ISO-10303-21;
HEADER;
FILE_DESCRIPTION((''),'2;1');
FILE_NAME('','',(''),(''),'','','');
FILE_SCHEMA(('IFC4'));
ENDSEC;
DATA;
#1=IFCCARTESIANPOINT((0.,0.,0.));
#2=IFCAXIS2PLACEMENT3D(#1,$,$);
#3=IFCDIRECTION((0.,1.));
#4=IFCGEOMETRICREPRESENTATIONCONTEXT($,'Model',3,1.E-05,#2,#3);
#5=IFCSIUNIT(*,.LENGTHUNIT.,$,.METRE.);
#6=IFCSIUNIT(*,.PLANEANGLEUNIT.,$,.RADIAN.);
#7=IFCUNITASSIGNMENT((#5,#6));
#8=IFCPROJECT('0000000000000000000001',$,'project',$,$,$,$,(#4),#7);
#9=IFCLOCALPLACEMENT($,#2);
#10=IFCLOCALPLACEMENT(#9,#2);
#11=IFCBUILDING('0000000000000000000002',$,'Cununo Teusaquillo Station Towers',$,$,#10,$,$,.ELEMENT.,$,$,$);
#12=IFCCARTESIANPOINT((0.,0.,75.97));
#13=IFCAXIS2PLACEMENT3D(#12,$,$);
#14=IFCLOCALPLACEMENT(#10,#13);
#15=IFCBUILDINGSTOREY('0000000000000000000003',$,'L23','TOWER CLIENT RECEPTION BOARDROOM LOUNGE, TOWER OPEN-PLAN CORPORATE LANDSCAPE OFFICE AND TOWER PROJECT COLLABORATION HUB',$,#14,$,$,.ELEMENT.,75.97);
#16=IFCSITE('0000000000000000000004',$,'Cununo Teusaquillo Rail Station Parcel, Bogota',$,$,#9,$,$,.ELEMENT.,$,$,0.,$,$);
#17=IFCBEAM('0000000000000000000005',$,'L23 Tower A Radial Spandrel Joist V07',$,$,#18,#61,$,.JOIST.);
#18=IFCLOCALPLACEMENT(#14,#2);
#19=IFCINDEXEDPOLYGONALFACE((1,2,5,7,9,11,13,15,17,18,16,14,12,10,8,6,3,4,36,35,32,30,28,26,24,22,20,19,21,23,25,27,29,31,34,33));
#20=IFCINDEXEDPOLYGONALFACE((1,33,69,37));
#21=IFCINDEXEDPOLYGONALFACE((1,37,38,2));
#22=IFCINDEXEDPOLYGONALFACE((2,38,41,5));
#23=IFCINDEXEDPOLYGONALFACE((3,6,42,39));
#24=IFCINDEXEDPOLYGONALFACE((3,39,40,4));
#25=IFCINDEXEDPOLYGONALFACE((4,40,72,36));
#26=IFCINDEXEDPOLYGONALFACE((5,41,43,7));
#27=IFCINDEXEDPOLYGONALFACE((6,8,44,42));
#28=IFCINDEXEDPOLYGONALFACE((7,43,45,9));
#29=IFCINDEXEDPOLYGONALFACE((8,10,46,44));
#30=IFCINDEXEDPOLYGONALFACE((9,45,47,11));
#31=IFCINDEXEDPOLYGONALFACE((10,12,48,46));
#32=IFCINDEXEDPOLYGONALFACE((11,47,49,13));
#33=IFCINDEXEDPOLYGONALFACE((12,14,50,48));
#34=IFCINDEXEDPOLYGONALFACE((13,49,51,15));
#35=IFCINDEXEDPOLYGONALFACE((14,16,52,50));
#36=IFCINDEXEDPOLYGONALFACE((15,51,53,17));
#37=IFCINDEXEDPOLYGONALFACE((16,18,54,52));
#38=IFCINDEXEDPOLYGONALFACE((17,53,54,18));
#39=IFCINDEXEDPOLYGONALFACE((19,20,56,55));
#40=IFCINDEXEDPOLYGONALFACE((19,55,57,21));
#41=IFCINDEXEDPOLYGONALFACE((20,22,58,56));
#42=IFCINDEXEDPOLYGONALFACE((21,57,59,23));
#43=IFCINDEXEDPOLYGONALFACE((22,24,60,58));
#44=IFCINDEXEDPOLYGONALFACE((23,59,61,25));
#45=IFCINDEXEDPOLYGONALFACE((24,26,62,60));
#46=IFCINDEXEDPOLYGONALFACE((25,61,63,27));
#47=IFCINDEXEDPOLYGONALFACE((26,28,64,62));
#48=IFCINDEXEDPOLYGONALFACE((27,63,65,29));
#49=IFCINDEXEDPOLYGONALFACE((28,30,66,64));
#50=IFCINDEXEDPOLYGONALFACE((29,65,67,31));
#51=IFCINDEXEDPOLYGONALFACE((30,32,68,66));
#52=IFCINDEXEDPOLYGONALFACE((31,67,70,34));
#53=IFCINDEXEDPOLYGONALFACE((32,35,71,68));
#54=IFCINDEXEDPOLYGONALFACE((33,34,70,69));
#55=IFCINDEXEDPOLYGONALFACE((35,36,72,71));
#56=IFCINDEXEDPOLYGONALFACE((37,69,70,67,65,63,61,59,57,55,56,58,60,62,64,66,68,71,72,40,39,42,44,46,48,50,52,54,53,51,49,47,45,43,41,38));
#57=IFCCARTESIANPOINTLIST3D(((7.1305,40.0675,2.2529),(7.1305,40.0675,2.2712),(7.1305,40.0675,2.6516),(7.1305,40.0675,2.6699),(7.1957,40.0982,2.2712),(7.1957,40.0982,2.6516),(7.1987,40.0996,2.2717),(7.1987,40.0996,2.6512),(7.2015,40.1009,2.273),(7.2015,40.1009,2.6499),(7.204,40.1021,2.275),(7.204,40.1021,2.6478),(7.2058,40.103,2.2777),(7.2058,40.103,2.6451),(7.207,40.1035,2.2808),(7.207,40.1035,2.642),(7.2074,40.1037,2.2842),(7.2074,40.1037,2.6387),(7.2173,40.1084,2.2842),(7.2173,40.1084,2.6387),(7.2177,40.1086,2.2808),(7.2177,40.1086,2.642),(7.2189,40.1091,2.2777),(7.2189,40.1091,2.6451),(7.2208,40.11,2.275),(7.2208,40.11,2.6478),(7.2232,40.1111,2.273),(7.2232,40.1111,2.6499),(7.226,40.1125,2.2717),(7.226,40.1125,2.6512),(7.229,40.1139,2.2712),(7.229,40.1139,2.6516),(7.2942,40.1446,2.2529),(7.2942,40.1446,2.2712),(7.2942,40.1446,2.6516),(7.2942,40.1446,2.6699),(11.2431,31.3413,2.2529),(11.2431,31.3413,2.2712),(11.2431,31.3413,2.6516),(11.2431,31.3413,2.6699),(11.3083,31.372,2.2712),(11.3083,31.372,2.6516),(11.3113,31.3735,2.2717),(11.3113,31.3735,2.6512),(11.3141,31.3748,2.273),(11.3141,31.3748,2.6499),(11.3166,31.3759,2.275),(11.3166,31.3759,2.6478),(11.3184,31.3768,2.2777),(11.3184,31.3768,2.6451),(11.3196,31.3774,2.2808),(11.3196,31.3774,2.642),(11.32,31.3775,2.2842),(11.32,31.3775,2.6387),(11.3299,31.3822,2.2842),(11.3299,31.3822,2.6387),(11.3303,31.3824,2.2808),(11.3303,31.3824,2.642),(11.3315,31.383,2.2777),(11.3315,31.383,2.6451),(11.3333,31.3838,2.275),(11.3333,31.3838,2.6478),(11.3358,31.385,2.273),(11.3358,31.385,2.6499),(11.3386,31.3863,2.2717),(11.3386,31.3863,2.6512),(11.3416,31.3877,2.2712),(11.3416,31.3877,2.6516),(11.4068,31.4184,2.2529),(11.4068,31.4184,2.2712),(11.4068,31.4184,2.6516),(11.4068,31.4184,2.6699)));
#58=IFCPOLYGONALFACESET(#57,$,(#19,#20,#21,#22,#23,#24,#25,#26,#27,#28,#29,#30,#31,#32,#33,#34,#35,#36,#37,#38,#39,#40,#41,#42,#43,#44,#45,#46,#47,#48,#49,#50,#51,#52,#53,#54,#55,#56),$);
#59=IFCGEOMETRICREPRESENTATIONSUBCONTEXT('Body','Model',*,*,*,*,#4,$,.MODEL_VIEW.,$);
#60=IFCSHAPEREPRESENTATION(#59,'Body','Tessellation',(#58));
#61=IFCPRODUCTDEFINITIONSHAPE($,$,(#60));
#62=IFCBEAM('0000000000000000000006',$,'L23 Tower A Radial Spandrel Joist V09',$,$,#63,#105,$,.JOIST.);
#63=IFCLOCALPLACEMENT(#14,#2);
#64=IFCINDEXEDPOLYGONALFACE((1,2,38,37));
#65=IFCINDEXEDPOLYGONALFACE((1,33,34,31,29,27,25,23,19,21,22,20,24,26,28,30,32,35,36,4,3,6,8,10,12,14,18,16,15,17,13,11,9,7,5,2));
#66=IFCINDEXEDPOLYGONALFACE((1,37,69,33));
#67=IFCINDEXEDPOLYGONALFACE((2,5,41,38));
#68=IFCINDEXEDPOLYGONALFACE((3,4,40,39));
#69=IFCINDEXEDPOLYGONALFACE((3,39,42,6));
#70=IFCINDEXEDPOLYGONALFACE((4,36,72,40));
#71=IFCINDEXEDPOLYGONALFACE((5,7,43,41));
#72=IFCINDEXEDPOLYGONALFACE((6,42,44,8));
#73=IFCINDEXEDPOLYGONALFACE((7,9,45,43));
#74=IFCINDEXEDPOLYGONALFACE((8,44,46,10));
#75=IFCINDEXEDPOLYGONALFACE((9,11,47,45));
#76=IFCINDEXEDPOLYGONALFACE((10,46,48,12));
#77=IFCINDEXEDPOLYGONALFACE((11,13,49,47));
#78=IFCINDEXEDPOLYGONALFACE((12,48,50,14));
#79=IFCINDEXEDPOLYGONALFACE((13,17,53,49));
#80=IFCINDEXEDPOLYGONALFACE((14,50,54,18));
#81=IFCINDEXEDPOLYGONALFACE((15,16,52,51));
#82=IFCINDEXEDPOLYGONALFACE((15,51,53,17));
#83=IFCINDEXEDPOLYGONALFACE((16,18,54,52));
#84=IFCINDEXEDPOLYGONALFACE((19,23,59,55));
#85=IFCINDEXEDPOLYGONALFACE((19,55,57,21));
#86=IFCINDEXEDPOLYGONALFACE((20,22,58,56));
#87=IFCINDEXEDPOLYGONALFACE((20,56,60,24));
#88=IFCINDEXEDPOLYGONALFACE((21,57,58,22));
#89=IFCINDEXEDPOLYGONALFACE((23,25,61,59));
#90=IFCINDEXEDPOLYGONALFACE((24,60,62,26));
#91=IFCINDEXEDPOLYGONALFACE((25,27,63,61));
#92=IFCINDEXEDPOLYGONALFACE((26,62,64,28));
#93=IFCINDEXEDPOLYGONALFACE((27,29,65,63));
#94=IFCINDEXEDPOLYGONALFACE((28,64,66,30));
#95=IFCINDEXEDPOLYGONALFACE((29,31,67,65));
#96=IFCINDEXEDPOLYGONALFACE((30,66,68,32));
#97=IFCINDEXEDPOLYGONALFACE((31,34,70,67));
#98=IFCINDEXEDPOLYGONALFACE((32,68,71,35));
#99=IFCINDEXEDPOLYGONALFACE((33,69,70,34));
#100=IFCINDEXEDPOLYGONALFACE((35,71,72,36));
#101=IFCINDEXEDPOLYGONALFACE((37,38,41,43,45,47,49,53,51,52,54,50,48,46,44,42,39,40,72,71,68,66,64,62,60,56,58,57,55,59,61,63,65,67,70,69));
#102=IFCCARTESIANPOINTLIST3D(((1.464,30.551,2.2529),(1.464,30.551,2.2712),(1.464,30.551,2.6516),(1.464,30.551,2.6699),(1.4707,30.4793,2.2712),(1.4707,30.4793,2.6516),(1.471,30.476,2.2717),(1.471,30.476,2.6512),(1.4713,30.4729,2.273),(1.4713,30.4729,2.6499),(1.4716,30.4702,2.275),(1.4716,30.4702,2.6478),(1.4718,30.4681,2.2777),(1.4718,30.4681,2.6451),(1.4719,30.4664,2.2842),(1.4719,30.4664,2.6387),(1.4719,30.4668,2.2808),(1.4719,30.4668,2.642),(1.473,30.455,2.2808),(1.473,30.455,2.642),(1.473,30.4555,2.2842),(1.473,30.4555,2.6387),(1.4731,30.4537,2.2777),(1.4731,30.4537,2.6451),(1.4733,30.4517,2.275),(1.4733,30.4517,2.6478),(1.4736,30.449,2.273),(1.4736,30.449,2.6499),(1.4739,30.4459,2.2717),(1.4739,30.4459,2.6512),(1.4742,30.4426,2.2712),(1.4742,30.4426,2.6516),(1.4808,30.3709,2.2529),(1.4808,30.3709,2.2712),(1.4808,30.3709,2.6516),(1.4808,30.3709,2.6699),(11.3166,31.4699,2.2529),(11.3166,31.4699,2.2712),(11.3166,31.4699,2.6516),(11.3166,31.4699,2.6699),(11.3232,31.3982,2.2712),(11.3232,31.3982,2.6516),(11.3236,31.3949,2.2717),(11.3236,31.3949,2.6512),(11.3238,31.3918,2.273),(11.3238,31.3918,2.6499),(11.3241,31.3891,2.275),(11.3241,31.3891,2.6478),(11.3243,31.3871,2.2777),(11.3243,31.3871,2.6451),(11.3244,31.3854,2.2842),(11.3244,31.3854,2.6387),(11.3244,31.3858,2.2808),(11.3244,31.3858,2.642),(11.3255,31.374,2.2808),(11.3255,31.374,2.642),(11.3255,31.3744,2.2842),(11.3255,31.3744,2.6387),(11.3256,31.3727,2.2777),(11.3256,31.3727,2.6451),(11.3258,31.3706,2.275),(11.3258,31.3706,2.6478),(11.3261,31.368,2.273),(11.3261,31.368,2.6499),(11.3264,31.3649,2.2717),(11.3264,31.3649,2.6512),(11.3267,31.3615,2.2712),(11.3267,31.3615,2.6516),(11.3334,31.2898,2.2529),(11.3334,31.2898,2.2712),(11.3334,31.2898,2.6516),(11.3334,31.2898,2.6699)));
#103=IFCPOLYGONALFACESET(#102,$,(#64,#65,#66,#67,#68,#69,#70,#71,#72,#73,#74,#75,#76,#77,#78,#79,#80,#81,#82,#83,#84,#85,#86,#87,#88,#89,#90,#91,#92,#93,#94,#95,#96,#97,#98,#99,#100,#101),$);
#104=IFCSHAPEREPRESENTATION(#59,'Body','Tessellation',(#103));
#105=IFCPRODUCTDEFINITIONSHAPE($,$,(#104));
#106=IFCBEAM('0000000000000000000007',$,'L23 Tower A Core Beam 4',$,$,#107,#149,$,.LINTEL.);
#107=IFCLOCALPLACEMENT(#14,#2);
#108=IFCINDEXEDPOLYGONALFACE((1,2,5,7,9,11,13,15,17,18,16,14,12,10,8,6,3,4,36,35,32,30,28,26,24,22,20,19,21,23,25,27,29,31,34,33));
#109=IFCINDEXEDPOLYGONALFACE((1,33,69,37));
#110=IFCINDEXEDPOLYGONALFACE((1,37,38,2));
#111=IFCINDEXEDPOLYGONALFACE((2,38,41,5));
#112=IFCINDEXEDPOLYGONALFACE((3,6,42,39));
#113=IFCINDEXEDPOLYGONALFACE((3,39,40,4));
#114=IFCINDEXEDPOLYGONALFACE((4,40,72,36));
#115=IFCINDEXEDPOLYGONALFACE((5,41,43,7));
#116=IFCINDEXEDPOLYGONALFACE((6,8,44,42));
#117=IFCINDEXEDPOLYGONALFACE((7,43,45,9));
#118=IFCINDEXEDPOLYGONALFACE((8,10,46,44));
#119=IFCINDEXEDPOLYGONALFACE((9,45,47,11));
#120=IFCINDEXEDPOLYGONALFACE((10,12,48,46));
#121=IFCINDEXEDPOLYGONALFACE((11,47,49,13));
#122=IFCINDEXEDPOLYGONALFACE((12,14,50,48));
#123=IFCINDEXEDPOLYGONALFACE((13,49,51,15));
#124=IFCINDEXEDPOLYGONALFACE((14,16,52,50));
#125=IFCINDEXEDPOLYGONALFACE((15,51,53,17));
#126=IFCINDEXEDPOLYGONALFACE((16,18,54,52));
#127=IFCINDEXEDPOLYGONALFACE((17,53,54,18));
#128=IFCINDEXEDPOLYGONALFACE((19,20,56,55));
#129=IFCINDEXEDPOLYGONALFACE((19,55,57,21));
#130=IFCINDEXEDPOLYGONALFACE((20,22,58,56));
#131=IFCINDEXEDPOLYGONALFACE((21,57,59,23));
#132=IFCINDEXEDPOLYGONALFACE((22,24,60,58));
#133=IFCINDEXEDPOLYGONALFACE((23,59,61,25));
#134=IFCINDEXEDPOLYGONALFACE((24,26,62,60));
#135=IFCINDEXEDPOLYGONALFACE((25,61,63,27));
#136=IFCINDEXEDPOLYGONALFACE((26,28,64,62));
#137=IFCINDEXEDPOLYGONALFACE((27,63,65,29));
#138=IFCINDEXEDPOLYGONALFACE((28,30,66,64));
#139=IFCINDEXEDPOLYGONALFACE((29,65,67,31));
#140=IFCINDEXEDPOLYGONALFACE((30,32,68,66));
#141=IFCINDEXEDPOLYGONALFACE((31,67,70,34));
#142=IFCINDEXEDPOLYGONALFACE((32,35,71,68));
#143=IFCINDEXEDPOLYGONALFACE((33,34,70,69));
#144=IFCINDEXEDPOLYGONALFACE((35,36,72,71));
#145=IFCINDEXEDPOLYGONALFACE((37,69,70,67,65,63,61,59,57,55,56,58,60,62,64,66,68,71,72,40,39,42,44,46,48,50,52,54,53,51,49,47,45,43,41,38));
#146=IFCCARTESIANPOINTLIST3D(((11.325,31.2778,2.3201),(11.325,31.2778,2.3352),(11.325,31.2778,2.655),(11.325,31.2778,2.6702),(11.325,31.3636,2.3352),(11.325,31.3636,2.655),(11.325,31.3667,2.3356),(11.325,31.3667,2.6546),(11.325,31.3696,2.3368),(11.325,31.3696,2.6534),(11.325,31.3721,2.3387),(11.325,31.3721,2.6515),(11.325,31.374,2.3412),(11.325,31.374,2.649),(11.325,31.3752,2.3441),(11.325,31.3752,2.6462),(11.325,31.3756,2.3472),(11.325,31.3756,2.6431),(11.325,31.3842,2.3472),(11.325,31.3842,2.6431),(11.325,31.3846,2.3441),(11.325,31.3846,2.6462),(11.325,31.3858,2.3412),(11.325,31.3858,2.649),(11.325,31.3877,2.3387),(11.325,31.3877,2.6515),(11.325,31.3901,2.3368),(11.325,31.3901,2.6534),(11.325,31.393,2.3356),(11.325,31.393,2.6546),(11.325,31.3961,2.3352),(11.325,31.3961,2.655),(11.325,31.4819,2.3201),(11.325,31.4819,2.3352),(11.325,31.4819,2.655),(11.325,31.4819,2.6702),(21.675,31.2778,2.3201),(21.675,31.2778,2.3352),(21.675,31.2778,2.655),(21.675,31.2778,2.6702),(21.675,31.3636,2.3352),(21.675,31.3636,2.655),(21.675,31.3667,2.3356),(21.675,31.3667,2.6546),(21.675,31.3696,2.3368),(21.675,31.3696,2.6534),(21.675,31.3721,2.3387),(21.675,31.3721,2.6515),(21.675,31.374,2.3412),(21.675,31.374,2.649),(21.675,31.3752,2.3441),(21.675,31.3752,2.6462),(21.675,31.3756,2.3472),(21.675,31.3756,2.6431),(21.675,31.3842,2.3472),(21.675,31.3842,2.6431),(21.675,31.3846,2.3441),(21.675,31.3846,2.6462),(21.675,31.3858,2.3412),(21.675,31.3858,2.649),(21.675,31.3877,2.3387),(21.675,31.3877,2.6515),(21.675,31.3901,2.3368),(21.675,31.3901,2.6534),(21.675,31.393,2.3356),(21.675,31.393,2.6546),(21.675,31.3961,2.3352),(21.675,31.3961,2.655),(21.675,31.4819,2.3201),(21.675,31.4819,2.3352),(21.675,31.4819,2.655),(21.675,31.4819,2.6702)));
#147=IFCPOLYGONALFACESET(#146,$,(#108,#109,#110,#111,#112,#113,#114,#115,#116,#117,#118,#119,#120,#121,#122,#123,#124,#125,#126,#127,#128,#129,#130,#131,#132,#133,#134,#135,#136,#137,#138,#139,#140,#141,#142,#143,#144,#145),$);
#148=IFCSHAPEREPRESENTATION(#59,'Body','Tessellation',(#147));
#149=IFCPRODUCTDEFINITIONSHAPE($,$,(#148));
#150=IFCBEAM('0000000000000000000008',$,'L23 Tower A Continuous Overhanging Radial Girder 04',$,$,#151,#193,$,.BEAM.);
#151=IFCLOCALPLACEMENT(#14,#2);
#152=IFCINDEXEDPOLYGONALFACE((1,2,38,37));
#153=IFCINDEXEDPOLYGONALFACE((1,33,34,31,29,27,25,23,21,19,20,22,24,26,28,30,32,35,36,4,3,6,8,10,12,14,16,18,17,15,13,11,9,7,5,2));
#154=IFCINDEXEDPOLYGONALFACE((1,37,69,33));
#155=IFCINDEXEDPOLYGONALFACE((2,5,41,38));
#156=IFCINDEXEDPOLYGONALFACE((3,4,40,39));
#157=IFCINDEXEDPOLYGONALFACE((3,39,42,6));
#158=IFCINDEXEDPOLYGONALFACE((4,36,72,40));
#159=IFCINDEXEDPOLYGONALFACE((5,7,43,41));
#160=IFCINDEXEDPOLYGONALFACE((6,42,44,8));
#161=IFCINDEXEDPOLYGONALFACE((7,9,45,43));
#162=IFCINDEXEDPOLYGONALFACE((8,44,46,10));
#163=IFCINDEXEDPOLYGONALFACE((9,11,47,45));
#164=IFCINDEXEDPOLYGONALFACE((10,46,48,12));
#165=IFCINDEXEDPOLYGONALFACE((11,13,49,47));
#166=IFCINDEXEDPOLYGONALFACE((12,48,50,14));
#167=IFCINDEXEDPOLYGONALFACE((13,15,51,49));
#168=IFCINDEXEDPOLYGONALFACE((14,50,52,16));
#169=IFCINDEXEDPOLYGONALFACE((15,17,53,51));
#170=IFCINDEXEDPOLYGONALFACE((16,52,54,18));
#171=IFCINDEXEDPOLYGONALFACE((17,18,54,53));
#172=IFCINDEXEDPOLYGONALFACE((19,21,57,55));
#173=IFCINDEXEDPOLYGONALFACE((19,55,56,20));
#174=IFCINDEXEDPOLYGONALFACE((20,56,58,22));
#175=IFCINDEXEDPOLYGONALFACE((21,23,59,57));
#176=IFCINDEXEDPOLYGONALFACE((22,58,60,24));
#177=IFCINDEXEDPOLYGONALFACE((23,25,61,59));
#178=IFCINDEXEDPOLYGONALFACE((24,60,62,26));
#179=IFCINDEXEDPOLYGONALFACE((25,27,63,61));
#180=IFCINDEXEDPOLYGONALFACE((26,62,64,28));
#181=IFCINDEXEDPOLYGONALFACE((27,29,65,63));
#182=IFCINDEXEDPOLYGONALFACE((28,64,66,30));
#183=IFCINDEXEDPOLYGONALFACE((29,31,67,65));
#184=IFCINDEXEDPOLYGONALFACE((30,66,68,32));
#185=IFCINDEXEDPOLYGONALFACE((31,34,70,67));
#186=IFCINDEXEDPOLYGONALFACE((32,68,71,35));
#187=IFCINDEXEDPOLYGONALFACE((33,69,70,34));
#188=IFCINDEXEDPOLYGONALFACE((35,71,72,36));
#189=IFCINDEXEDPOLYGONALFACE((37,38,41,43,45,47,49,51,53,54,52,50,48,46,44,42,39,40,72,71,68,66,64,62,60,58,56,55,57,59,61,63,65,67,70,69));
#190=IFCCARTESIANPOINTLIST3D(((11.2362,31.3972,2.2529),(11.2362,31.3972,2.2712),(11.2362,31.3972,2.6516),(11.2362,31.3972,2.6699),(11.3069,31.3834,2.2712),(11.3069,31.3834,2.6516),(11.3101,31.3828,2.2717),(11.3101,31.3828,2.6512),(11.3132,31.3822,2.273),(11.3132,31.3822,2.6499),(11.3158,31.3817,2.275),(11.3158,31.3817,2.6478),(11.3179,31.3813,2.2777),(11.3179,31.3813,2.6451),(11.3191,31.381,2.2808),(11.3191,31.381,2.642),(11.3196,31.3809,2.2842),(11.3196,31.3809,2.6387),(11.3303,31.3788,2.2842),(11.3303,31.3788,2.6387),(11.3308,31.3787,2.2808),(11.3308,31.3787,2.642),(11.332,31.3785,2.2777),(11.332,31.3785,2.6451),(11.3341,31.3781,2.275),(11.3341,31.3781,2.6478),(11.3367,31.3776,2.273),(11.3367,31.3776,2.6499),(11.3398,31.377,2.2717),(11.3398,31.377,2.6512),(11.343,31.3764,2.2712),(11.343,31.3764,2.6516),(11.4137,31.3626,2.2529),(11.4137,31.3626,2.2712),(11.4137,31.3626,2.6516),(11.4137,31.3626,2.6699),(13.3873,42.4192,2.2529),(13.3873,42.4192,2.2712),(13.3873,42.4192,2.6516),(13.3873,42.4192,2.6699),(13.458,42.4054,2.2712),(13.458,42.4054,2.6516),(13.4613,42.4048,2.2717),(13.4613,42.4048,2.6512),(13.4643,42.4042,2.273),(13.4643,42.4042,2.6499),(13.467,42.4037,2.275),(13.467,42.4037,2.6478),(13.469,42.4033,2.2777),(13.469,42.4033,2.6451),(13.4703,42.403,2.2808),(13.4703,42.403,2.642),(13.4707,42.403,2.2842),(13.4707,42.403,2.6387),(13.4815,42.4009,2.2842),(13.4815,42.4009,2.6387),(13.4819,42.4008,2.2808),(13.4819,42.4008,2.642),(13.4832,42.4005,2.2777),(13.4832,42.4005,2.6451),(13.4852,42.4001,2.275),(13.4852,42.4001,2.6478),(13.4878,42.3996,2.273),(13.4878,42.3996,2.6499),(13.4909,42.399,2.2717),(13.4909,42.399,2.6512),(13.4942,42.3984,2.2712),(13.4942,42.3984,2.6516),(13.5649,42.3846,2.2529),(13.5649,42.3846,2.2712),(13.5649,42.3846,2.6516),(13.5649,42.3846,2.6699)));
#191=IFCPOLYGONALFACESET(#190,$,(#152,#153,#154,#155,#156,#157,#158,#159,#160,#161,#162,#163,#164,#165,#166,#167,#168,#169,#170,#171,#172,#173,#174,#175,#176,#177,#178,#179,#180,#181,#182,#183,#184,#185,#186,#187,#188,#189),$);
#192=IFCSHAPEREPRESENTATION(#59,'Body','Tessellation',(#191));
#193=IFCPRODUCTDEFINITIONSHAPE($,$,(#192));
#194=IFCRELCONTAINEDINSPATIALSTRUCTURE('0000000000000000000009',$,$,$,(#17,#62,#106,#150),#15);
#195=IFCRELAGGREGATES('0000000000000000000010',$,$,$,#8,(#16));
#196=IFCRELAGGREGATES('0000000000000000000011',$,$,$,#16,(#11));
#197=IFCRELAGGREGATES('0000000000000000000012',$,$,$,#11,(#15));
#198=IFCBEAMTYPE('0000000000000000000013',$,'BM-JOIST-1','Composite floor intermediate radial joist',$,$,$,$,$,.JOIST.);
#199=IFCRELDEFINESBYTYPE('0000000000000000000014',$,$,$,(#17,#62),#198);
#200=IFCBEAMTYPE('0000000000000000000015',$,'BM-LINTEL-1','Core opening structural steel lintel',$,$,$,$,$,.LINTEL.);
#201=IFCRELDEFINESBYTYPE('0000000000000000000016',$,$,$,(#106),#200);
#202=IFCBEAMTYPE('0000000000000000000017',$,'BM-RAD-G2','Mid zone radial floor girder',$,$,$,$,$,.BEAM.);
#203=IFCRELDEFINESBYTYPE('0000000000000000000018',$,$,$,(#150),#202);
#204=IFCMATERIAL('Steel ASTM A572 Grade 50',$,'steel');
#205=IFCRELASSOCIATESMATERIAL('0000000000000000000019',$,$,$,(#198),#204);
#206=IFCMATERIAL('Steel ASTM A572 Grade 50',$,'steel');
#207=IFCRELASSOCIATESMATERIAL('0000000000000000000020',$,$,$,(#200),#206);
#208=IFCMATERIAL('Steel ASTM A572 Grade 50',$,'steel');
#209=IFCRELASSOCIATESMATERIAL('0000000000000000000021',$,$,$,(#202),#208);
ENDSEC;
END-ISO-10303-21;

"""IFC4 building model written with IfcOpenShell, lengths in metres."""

from ifc_helpers import new_model, si_unit, direction, frame, origin, origin_2d, place, context, subcontext, project, spatial, i_section, extrude, material, material_profile, profile_set, type_object, element, save


model = new_model("IFC4")

# Units and contexts
model_context = context("Model", 3, precision=1e-05, world=origin(), true_north=direction((0.0, 1.0)))
body_context = subcontext(model_context, "Body", "Model", "MODEL_VIEW")
ifc_project = project(units=[si_unit("LENGTHUNIT", "METRE"), si_unit("PLANEANGLEUNIT", "RADIAN")], contexts=[model_context])

# Site, building, storey
site_placement = place(None, origin())
site = spatial("IfcSite", under=ifc_project, at=site_placement, Name="Cununo Teusaquillo Rail Station Parcel, Bogota", CompositionType="ELEMENT", RefElevation=0.0)
building_placement = place(site_placement, origin())
building = spatial("IfcBuilding", under=site, at=building_placement, Name="Cununo Teusaquillo Station Towers", CompositionType="ELEMENT")
storey_placement = place(building_placement, frame((0.0, 0.0, 75.97)))
storey = spatial("IfcBuildingStorey", under=building, at=storey_placement, Name="L23", Description="TOWER CLIENT RECEPTION BOARDROOM LOUNGE, TOWER OPEN-PLAN CORPORATE LANDSCAPE OFFICE AND TOWER PROJECT COLLABORATION HUB", CompositionType="ELEMENT", Elevation=75.97)

# Beams
ifc_material_1 = material(Name="Steel ASTM A572 Grade 50", Category="steel")
ifc_material_profile_1 = material_profile(ifc_material_1, i_section(OverallWidth=0.1809, OverallDepth=0.417, WebThickness=0.011, FlangeThickness=0.0183, FilletRadius=0.0129, at=origin_2d()), Name="W16X57")
ifc_profile_set_1 = profile_set([ifc_material_profile_1], Name="Steel ASTM A572 Grade 50")
beam_type_1 = type_object("IfcBeamType", Name="BM-JOIST-1", Description="Composite floor intermediate radial joist", PredefinedType="JOIST", material=ifc_profile_set_1)
beam_1_placement = place(storey_placement, frame((11.325, 31.3799, 2.4614), z_axis=(-0.42632, 0.904572, 0.0), x_axis=(-0.904572, -0.42632, 0.0)))
element("IfcBeam", 1, at=beam_1_placement, inside=storey, type_object=beam_type_1, Name="L23 Tower A Radial Spandrel Joist V07", PredefinedType="JOIST", context=body_context, shape_type="SweptSolid", body=[
    extrude(i_section(OverallWidth=0.1809, OverallDepth=0.417, WebThickness=0.011, FlangeThickness=0.0183, FilletRadius=0.0129, at=origin_2d()), origin(), (0.0, 0.0, 1.0), 9.6467),
])
beam_2_placement = place(storey_placement, frame((11.325, 31.3799, 2.4614), z_axis=(-0.995679, -0.092867, 0.0), x_axis=(0.092867, -0.995679, 0.0)))
element("IfcBeam", 2, at=beam_2_placement, inside=storey, type_object=beam_type_1, Name="L23 Tower A Radial Spandrel Joist V09", PredefinedType="JOIST", context=body_context, shape_type="SweptSolid", body=[
    extrude(i_section(OverallWidth=0.1809, OverallDepth=0.417, WebThickness=0.011, FlangeThickness=0.0183, FilletRadius=0.0129, at=origin_2d()), origin(), (0.0, 0.0, 1.0), 9.8953),
])
ifc_material_2 = material(Name="Steel ASTM A572 Grade 50", Category="steel")
ifc_material_profile_2 = material_profile(ifc_material_2, i_section(OverallWidth=0.2041, OverallDepth=0.3501, WebThickness=0.0085, FlangeThickness=0.0151, FilletRadius=0.012, at=origin_2d()), Name="W14X48")
ifc_profile_set_2 = profile_set([ifc_material_profile_2], Name="Steel ASTM A572 Grade 50")
beam_type_2 = type_object("IfcBeamType", Name="BM-LINTEL-1", Description="Core opening structural steel lintel", PredefinedType="LINTEL", material=ifc_profile_set_2)
beam_3_placement = place(storey_placement, frame((11.325, 31.3799, 2.4951), z_axis=(1.0, 0.0, 0.0), x_axis=(0.0, 1.0, 0.0)))
element("IfcBeam", 3, at=beam_3_placement, inside=storey, type_object=beam_type_2, Name="L23 Tower A Core Beam 4", PredefinedType="LINTEL", context=body_context, shape_type="SweptSolid", body=[
    extrude(i_section(OverallWidth=0.2041, OverallDepth=0.3501, WebThickness=0.0085, FlangeThickness=0.0151, FilletRadius=0.012, at=origin_2d()), origin(), (0.0, 0.0, 1.0), 10.3501),
])
ifc_material_3 = material(Name="Steel ASTM A572 Grade 50", Category="steel")
ifc_material_profile_3 = material_profile(ifc_material_3, i_section(OverallWidth=0.1809, OverallDepth=0.417, WebThickness=0.011, FlangeThickness=0.0183, FilletRadius=0.0129, at=origin_2d()), Name="W16X57")
ifc_profile_set_3 = profile_set([ifc_material_profile_3], Name="Steel ASTM A572 Grade 50")
beam_type_3 = type_object("IfcBeamType", Name="BM-RAD-G2", Description="Mid zone radial floor girder", PredefinedType="BEAM", material=ifc_profile_set_3)
beam_4_placement = place(storey_placement, frame((11.325, 31.3799, 2.4614), z_axis=(0.191553, 0.981482, 0.0), x_axis=(-0.981482, 0.191553, 0.0)))
element("IfcBeam", 4, at=beam_4_placement, inside=storey, type_object=beam_type_3, Name="L23 Tower A Continuous Overhanging Radial Girder 04", PredefinedType="BEAM", context=body_context, shape_type="SweptSolid", body=[
    extrude(i_section(OverallWidth=0.1809, OverallDepth=0.417, WebThickness=0.011, FlangeThickness=0.0183, FilletRadius=0.0129, at=origin_2d()), origin(), (0.0, 0.0, 1.0), 11.23),
])

save(model, "model.ifc")
